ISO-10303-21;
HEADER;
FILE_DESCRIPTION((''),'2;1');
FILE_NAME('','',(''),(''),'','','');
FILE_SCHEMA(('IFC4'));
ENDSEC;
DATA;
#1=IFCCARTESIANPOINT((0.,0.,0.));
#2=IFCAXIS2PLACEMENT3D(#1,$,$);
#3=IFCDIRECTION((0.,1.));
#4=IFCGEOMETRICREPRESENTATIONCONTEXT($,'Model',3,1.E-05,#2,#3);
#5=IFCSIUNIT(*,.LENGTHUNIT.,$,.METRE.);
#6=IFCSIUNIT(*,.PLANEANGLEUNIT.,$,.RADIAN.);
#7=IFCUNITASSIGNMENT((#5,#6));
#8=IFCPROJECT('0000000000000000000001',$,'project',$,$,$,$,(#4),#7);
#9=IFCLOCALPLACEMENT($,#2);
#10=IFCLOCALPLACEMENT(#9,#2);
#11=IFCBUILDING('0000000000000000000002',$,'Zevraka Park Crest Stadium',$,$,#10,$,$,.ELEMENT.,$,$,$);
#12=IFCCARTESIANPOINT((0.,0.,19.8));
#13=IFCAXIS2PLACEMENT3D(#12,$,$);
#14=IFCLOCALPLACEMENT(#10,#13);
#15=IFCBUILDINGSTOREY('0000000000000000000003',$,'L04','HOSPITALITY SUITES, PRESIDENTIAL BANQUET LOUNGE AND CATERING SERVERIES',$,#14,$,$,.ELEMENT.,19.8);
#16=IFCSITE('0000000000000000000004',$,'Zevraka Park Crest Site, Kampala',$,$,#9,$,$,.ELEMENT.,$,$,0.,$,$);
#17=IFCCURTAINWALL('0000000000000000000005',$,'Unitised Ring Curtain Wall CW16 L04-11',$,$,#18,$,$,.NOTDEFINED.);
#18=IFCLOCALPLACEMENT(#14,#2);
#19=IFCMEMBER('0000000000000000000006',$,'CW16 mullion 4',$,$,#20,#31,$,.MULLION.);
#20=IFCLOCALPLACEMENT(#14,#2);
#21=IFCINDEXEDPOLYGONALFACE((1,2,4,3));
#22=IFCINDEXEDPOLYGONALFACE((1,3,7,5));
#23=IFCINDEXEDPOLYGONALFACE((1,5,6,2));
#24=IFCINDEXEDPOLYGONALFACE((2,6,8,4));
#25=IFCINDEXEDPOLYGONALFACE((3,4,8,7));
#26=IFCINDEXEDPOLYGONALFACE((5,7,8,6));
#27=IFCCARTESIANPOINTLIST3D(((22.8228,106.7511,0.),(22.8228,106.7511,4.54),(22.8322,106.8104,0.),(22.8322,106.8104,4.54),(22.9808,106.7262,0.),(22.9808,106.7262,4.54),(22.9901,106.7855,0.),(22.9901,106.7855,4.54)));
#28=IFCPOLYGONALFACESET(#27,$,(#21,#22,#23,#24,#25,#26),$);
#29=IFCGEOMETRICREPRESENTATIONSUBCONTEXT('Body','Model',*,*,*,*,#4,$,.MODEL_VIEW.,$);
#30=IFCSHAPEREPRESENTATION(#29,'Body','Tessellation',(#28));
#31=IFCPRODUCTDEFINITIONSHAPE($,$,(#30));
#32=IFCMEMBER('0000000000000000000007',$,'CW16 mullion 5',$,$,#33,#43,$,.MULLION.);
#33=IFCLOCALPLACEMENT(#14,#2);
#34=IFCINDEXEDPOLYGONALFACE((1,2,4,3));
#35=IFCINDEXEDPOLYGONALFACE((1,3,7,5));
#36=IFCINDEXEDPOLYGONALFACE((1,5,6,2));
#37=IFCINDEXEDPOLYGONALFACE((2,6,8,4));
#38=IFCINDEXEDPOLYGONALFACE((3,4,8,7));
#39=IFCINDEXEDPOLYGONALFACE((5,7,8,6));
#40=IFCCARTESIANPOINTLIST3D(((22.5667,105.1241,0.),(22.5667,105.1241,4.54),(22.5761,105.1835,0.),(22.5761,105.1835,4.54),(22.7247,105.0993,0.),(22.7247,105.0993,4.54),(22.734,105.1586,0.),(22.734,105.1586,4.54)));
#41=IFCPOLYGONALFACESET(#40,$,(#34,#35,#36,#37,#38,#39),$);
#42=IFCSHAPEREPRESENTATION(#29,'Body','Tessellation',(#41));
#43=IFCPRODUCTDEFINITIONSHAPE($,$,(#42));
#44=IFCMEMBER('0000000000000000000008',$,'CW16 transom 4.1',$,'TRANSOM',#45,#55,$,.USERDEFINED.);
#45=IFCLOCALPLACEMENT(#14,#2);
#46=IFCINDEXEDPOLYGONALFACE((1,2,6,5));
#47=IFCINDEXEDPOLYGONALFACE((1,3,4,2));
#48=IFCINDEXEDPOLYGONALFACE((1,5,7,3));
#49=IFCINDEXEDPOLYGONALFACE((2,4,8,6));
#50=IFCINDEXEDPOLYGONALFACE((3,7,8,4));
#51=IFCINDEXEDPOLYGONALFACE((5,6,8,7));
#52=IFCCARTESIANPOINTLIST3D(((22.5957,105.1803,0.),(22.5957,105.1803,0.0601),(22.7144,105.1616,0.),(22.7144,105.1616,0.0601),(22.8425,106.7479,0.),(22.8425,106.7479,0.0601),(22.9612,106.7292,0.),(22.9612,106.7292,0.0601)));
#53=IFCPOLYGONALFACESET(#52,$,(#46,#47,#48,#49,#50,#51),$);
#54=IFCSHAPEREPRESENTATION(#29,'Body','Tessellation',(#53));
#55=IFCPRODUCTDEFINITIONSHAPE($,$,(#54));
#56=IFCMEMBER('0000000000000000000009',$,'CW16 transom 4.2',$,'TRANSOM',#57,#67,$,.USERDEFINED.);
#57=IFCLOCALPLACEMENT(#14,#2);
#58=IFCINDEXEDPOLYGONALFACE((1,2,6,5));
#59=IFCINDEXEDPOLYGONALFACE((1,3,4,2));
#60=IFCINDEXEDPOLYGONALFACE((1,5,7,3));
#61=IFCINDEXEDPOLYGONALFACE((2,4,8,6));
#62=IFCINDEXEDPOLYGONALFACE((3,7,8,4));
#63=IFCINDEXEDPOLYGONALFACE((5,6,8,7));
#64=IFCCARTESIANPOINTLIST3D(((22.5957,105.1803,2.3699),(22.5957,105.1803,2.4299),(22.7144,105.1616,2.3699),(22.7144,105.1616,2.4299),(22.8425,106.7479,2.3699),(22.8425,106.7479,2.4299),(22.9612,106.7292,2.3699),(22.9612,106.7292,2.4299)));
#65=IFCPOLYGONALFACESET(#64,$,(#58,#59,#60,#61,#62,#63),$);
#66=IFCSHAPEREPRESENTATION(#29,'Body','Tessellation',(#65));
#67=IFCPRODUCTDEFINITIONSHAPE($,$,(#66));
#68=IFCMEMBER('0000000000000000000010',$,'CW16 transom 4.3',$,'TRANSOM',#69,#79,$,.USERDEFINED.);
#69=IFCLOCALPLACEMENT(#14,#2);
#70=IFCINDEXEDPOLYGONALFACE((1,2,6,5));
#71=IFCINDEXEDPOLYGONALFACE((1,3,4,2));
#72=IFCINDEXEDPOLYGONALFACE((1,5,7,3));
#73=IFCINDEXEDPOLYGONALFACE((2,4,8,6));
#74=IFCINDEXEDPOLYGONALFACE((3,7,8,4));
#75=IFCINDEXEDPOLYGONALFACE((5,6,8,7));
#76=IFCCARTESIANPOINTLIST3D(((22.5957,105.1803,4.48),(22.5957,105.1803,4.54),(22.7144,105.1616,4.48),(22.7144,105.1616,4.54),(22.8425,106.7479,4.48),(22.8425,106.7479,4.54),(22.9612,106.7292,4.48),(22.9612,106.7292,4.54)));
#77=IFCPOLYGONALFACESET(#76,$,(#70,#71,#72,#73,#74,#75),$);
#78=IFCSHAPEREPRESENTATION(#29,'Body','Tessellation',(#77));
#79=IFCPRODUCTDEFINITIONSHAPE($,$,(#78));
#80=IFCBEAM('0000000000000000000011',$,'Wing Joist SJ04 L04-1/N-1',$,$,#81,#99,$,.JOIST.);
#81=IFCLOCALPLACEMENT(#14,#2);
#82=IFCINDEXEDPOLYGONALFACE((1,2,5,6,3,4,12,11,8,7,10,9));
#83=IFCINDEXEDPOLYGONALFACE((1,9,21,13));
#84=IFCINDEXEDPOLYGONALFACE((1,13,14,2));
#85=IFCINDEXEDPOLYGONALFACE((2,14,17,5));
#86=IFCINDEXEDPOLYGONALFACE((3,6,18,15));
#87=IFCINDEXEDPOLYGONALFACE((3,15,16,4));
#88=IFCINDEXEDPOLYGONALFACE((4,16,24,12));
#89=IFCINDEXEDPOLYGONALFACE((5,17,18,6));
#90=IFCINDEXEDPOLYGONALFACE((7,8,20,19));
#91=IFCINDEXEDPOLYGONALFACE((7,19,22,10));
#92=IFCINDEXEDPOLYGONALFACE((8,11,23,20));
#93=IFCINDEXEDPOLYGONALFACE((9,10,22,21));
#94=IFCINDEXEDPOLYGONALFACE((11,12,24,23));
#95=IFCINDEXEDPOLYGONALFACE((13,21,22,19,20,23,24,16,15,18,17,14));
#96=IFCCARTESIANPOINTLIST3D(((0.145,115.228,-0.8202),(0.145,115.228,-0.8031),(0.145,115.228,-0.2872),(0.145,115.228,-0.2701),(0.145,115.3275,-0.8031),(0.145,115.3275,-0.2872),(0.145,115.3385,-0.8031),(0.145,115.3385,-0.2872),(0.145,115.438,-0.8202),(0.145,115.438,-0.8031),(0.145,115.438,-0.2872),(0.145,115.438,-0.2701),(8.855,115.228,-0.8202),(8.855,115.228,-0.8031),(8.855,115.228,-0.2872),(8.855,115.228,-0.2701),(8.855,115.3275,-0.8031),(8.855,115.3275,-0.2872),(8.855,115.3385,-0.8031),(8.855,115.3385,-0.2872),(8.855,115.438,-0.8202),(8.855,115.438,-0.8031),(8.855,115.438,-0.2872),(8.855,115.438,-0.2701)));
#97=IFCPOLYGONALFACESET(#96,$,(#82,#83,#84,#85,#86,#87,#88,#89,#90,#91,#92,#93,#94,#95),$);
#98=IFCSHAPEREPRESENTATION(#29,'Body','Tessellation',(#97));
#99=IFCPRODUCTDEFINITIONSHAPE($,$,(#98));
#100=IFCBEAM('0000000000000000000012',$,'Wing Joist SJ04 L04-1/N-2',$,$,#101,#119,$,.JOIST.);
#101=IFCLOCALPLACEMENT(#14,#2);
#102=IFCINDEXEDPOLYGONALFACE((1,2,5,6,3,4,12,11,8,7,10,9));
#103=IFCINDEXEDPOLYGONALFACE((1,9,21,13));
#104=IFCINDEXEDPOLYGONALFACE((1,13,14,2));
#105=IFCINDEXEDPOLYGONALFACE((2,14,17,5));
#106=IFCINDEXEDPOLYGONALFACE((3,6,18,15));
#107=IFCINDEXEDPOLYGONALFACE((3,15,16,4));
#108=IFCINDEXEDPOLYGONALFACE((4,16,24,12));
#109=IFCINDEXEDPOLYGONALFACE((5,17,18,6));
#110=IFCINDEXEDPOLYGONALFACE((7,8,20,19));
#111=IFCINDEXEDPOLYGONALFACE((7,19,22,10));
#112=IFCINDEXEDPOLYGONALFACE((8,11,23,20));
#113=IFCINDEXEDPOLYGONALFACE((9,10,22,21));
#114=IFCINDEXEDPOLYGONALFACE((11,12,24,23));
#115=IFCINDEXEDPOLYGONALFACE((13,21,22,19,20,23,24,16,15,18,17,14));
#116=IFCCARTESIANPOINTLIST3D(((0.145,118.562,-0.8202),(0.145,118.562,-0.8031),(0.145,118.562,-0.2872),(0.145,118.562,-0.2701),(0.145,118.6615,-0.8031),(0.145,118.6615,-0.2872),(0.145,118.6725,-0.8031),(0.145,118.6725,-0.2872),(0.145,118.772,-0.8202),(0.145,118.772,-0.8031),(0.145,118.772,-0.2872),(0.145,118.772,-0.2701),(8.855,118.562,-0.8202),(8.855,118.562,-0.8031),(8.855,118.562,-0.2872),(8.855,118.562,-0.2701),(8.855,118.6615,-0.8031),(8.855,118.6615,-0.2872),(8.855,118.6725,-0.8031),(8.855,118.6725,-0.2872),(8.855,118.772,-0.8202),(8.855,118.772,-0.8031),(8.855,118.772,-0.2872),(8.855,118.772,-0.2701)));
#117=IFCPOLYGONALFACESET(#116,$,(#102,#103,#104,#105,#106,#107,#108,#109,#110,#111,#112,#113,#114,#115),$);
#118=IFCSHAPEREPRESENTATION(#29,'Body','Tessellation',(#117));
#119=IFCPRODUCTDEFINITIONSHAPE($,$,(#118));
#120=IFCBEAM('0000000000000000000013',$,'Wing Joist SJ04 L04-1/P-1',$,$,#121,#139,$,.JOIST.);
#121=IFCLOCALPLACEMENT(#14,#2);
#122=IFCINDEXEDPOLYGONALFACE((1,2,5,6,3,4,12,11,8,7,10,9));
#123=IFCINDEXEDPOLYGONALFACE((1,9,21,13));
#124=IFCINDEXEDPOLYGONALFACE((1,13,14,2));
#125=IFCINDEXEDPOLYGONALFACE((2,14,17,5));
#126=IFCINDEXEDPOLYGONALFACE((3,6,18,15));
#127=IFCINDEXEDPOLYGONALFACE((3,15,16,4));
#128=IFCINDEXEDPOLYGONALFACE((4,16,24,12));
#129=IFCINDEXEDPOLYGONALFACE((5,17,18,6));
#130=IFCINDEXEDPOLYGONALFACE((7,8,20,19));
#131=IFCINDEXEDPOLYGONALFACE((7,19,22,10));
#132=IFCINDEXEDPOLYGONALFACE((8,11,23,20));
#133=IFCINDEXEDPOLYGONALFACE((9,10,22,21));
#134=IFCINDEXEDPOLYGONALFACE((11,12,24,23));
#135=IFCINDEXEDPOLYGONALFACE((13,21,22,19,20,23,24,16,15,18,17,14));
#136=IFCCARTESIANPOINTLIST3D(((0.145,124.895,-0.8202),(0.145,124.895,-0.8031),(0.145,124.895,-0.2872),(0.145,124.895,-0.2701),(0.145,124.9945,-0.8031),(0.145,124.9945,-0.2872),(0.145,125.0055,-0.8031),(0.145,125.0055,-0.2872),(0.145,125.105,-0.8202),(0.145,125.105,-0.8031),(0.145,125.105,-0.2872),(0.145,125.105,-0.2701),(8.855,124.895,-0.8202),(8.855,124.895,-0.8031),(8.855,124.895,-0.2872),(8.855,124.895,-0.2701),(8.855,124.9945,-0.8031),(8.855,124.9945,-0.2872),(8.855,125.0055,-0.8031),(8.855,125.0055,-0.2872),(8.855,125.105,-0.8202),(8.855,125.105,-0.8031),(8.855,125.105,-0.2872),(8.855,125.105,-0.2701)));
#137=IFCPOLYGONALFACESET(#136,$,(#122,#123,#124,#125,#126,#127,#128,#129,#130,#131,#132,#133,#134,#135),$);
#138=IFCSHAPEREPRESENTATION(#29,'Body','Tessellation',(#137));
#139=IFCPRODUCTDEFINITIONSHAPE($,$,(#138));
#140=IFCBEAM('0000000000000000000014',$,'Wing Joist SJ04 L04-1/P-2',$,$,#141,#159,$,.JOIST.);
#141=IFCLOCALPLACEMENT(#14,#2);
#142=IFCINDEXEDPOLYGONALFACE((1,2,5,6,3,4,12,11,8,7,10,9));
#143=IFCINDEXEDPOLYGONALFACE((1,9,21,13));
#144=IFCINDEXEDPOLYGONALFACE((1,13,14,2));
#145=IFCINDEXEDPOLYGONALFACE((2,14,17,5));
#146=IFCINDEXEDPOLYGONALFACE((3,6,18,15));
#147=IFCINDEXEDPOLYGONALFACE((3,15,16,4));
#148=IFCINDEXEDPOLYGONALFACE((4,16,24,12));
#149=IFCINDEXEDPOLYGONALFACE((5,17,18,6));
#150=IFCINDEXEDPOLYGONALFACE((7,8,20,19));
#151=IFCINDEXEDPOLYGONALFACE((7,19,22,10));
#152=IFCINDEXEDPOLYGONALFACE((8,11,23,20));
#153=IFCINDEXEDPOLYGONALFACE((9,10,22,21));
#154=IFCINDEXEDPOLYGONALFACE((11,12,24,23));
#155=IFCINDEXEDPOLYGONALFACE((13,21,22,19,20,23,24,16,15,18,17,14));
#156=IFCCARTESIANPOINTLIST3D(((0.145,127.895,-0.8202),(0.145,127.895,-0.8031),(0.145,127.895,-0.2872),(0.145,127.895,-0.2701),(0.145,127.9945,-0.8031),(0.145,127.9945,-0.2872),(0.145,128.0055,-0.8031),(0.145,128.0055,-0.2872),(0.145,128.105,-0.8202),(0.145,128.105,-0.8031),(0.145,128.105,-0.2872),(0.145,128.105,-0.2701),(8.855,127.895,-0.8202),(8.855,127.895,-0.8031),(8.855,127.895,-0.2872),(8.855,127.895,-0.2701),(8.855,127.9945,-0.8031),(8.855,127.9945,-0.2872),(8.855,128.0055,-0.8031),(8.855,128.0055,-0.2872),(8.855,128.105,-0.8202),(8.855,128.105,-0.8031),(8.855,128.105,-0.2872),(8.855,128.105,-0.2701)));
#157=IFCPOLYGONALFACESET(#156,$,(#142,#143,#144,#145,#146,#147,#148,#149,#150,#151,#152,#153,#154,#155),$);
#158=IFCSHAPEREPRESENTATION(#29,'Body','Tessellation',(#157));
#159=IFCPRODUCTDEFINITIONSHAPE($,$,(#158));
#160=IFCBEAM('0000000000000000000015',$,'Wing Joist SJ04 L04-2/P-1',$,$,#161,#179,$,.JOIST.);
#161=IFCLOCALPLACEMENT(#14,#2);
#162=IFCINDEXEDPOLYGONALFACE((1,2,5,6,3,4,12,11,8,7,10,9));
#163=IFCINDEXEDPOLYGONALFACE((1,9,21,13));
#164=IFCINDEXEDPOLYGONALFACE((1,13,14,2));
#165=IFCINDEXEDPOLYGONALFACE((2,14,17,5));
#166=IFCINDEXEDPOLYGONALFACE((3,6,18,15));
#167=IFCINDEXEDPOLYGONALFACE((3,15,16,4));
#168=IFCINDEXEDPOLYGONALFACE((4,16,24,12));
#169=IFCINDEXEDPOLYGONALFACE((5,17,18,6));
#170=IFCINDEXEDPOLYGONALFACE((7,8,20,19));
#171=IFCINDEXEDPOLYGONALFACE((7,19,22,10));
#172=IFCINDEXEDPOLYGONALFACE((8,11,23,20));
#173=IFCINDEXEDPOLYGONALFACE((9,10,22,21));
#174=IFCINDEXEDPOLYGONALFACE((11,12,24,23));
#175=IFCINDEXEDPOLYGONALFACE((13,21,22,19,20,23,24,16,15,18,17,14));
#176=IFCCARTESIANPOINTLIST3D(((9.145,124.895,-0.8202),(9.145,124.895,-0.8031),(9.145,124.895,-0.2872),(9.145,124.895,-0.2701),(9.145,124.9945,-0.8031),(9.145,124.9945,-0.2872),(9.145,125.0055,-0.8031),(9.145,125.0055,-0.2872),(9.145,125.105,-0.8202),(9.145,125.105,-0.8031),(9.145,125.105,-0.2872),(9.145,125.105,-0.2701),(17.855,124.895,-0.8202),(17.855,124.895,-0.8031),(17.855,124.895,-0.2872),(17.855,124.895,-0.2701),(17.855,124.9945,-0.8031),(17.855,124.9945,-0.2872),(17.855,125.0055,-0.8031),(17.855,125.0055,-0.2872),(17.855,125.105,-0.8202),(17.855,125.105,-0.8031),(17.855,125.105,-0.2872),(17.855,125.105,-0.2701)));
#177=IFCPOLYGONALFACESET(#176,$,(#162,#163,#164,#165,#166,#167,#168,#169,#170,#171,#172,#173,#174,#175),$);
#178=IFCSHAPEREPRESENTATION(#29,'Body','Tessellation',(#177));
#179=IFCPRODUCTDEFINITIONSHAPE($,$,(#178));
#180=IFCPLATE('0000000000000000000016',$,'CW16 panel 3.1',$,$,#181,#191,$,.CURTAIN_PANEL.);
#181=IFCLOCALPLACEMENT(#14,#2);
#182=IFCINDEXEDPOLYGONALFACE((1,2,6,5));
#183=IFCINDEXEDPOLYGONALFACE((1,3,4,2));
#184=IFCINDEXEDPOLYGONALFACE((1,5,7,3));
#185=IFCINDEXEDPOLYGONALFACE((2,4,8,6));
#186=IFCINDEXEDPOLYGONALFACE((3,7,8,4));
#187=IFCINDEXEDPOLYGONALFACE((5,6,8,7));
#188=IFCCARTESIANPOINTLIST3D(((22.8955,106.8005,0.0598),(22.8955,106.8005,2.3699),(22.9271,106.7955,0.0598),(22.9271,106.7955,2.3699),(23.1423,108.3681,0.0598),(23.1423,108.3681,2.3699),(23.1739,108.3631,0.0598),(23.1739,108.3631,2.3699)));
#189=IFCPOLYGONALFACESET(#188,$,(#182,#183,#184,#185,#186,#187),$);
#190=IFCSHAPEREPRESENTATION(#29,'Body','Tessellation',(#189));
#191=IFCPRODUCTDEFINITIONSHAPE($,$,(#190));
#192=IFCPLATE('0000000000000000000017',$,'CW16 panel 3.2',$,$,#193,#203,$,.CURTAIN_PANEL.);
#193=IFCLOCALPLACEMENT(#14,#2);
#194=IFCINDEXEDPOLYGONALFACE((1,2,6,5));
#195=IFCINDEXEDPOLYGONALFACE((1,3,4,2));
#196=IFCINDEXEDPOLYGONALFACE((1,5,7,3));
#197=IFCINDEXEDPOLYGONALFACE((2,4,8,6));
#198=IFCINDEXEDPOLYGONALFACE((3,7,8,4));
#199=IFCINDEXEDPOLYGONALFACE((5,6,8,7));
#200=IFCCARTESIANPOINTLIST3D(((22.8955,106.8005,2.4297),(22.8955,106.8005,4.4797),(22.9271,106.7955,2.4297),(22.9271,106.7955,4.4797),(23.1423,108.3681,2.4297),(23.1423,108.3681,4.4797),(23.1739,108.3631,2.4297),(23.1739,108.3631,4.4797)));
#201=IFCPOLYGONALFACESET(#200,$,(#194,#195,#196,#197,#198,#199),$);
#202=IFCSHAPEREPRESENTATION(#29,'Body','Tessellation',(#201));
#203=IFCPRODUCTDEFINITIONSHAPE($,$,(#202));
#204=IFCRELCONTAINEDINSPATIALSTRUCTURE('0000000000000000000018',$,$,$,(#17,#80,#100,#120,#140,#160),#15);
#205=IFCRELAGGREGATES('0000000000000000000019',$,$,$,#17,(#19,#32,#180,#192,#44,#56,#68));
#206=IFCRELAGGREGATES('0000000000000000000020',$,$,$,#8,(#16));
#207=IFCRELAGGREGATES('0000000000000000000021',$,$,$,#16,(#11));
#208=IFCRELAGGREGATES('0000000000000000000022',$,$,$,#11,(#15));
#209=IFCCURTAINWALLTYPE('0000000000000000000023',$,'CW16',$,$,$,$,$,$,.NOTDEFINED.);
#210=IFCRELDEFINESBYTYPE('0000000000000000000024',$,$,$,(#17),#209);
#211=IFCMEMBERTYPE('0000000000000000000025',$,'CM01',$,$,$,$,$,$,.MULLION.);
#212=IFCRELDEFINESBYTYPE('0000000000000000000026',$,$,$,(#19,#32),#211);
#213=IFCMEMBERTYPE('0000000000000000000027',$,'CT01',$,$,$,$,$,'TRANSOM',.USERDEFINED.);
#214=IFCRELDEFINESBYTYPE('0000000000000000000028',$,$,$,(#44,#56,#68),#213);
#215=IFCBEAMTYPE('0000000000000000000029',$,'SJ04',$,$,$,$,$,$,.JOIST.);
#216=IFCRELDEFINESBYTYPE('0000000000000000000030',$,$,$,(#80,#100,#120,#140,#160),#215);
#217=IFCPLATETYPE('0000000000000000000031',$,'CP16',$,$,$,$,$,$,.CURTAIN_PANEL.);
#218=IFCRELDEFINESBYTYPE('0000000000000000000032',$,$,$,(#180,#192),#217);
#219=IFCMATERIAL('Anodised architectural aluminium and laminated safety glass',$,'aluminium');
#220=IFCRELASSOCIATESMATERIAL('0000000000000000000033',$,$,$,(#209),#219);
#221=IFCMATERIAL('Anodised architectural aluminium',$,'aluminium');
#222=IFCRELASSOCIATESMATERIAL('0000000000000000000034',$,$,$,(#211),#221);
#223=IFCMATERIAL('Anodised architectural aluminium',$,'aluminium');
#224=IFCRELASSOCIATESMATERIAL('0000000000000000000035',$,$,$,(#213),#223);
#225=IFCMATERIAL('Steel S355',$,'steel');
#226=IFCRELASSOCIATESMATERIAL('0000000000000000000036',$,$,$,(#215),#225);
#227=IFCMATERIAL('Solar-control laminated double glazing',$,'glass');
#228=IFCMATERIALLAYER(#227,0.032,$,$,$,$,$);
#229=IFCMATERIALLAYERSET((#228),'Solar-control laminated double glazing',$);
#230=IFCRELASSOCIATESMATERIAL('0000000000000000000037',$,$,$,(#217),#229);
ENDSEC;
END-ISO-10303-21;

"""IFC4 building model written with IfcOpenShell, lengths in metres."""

from ifc_helpers import new_model, si_unit, direction, frame, origin, origin_2d, place, context, subcontext, project, spatial, rectangle, i_section, extrude, material, layer, layer_set, material_profile, profile_set, type_object, element, aggregate, save


model = new_model("IFC4")

# Units and contexts
model_context = context("Model", 3, precision=1e-05, world=origin(), true_north=direction((0.0, 1.0)))
body_context = subcontext(model_context, "Body", "Model", "MODEL_VIEW")
ifc_project = project(units=[si_unit("LENGTHUNIT", "METRE"), si_unit("PLANEANGLEUNIT", "RADIAN")], contexts=[model_context])

# Site, building, storey
site_placement = place(None, origin())
site = spatial("IfcSite", under=ifc_project, at=site_placement, Name="Zevraka Park Crest Site, Kampala", CompositionType="ELEMENT", RefElevation=0.0)
building_placement = place(site_placement, origin())
building = spatial("IfcBuilding", under=site, at=building_placement, Name="Zevraka Park Crest Stadium", CompositionType="ELEMENT")
storey_placement = place(building_placement, frame((0.0, 0.0, 19.8)))
storey = spatial("IfcBuildingStorey", under=building, at=storey_placement, Name="L04", Description="HOSPITALITY SUITES, PRESIDENTIAL BANQUET LOUNGE AND CATERING SERVERIES", CompositionType="ELEMENT", Elevation=19.8)

# Curtain wall, members
ifc_material_1 = material(Name="Anodised architectural aluminium and laminated safety glass", Category="aluminium")
curtain_wall_type = type_object("IfcCurtainWallType", Name="CW16", PredefinedType="NOTDEFINED", material=ifc_material_1)
curtain_wall_placement = place(storey_placement, origin())
curtain_wall = element("IfcCurtainWall", 1, at=curtain_wall_placement, inside=storey, type_object=curtain_wall_type, Name="Unitised Ring Curtain Wall CW16 L04-11", PredefinedType="NOTDEFINED")
ifc_material_2 = material(Name="Anodised architectural aluminium", Category="aluminium")
ifc_material_profile_1 = material_profile(ifc_material_2, rectangle(XDim=0.1599, YDim=0.0601, at=origin_2d()), Name="ALU MULLION 160x60")
ifc_profile_set_1 = profile_set([ifc_material_profile_1], Name="Anodised architectural aluminium")
member_type_1 = type_object("IfcMemberType", Name="CM01", PredefinedType="MULLION", material=ifc_profile_set_1)
member_1_placement = place(storey_placement, frame((22.9065, 106.7683, 0.0), z_axis=(0.0, 0.0, 1.0), x_axis=(0.98783, -0.155539, 0.0)))
member_1 = element("IfcMember", 2, at=member_1_placement, type_object=member_type_1, Name="CW16 mullion 4", PredefinedType="MULLION", context=body_context, shape_type="SweptSolid", body=[
    extrude(rectangle(XDim=0.1599, YDim=0.0601, at=origin_2d()), origin(), (0.0, 0.0, 1.0), 4.54),
])
member_2_placement = place(storey_placement, frame((22.6504, 105.1414, 0.0), z_axis=(0.0, 0.0, 1.0), x_axis=(0.98783, -0.155539, 0.0)))
member_2 = element("IfcMember", 3, at=member_2_placement, type_object=member_type_1, Name="CW16 mullion 5", PredefinedType="MULLION", context=body_context, shape_type="SweptSolid", body=[
    extrude(rectangle(XDim=0.1599, YDim=0.0601, at=origin_2d()), origin(), (0.0, 0.0, 1.0), 4.54),
])
ifc_material_3 = material(Name="Anodised architectural aluminium", Category="aluminium")
ifc_material_profile_2 = material_profile(ifc_material_3, rectangle(XDim=0.1201, YDim=0.0601, at=origin_2d()), Name="ALU TRANSOM 120x60")
ifc_profile_set_2 = profile_set([ifc_material_profile_2], Name="Anodised architectural aluminium")
member_type_2 = type_object("IfcMemberType", Name="CT01", ElementType="TRANSOM", PredefinedType="USERDEFINED", material=ifc_profile_set_2)
member_3_placement = place(storey_placement, frame((22.9019, 106.7385, 0.03), z_axis=(-0.155536, -0.98783, 0.0), x_axis=(0.98783, -0.155536, 0.0)))
member_3 = element("IfcMember", 4, at=member_3_placement, type_object=member_type_2, Name="CW16 transom 4.1", ObjectType="TRANSOM", PredefinedType="USERDEFINED", context=body_context, shape_type="SweptSolid", body=[
    extrude(rectangle(XDim=0.1201, YDim=0.0601, at=origin_2d()), origin(), (0.0, 0.0, 1.0), 1.5869),
])
member_4_placement = place(storey_placement, frame((22.9019, 106.7385, 2.3999), z_axis=(-0.155536, -0.98783, 0.0), x_axis=(0.98783, -0.155536, 0.0)))
member_4 = element("IfcMember", 5, at=member_4_placement, type_object=member_type_2, Name="CW16 transom 4.2", ObjectType="TRANSOM", PredefinedType="USERDEFINED", context=body_context, shape_type="SweptSolid", body=[
    extrude(rectangle(XDim=0.1201, YDim=0.0601, at=origin_2d()), origin(), (0.0, 0.0, 1.0), 1.5869),
])
member_5_placement = place(storey_placement, frame((22.9019, 106.7385, 4.51), z_axis=(-0.155536, -0.98783, 0.0), x_axis=(0.98783, -0.155536, 0.0)))
member_5 = element("IfcMember", 6, at=member_5_placement, type_object=member_type_2, Name="CW16 transom 4.3", ObjectType="TRANSOM", PredefinedType="USERDEFINED", context=body_context, shape_type="SweptSolid", body=[
    extrude(rectangle(XDim=0.1201, YDim=0.0601, at=origin_2d()), origin(), (0.0, 0.0, 1.0), 1.5869),
])

# Beams
ifc_material_4 = material(Name="Steel S355", Category="steel")
ifc_material_profile_3 = material_profile(ifc_material_4, i_section(OverallWidth=0.21, OverallDepth=0.55, WebThickness=0.011, FlangeThickness=0.0171, at=origin_2d()), Name="IPE 550")
ifc_profile_set_3 = profile_set([ifc_material_profile_3], Name="Steel S355")
beam_type_1 = type_object("IfcBeamType", Name="SJ04", PredefinedType="JOIST", material=ifc_profile_set_3)
for number, where, z_axis, x_axis, name in (
    (7, (0.145, 115.333, -0.5452), (1.0, 0.0, 0.0), (0.0, 1.0, 0.0), "Wing Joist SJ04 L04-1/N-1"),
    (8, (0.145, 118.667, -0.5452), (1.0, 0.0, 0.0), (0.0, 1.0, 0.0), "Wing Joist SJ04 L04-1/N-2"),
    (9, (0.145, 125.0, -0.5452), (1.0, 0.0, 0.0), (0.0, 1.0, 0.0), "Wing Joist SJ04 L04-1/P-1"),
    (10, (0.145, 128.0, -0.5452), (1.0, 0.0, 0.0), (0.0, 1.0, 0.0), "Wing Joist SJ04 L04-1/P-2"),
    (11, (9.145, 125.0, -0.5452), (1.0, 0.0, 0.0), (0.0, 1.0, 0.0), "Wing Joist SJ04 L04-2/P-1"),
):
    element("IfcBeam", number, at=place(storey_placement, frame(where, z_axis=z_axis, x_axis=x_axis)), inside=storey, type_object=beam_type_1, Name=name, PredefinedType="JOIST", context=body_context, shape_type="SweptSolid", body=[
        extrude(i_section(OverallWidth=0.21, OverallDepth=0.55, WebThickness=0.011, FlangeThickness=0.0171, at=origin_2d()), origin(), (0.0, 0.0, 1.0), 8.71),
    ])

# Plates
ifc_material_5 = material(Name="Solar-control laminated double glazing", Category="glass")
ifc_layer_1 = layer(ifc_material_5, 0.032)
ifc_layer_set_1 = layer_set([ifc_layer_1], Name="Solar-control laminated double glazing")
plate_type = type_object("IfcPlateType", Name="CP16", PredefinedType="CURTAIN_PANEL", material=ifc_layer_set_1)
plate_1_placement = place(storey_placement, frame((23.0347, 107.5818, 0.0598), z_axis=(0.0, 0.0, 1.0), x_axis=(-0.155539, -0.98783, 0.0)))
plate_1 = element("IfcPlate", 12, at=plate_1_placement, type_object=plate_type, Name="CW16 panel 3.1", PredefinedType="CURTAIN_PANEL", context=body_context, shape_type="SweptSolid", body=[
    extrude(rectangle(XDim=1.5869, YDim=0.032, at=origin_2d()), origin(), (0.0, 0.0, 1.0), 2.3101),
])
plate_2_placement = place(storey_placement, frame((23.0347, 107.5818, 2.4297), z_axis=(0.0, 0.0, 1.0), x_axis=(-0.155539, -0.98783, 0.0)))
plate_2 = element("IfcPlate", 13, at=plate_2_placement, type_object=plate_type, Name="CW16 panel 3.2", PredefinedType="CURTAIN_PANEL", context=body_context, shape_type="SweptSolid", body=[
    extrude(rectangle(XDim=1.5869, YDim=0.032, at=origin_2d()), origin(), (0.0, 0.0, 1.0), 2.05),
])
aggregate(curtain_wall, [member_1, member_2, plate_1, plate_2, member_3, member_4, member_5])

save(model, "model.ifc")
